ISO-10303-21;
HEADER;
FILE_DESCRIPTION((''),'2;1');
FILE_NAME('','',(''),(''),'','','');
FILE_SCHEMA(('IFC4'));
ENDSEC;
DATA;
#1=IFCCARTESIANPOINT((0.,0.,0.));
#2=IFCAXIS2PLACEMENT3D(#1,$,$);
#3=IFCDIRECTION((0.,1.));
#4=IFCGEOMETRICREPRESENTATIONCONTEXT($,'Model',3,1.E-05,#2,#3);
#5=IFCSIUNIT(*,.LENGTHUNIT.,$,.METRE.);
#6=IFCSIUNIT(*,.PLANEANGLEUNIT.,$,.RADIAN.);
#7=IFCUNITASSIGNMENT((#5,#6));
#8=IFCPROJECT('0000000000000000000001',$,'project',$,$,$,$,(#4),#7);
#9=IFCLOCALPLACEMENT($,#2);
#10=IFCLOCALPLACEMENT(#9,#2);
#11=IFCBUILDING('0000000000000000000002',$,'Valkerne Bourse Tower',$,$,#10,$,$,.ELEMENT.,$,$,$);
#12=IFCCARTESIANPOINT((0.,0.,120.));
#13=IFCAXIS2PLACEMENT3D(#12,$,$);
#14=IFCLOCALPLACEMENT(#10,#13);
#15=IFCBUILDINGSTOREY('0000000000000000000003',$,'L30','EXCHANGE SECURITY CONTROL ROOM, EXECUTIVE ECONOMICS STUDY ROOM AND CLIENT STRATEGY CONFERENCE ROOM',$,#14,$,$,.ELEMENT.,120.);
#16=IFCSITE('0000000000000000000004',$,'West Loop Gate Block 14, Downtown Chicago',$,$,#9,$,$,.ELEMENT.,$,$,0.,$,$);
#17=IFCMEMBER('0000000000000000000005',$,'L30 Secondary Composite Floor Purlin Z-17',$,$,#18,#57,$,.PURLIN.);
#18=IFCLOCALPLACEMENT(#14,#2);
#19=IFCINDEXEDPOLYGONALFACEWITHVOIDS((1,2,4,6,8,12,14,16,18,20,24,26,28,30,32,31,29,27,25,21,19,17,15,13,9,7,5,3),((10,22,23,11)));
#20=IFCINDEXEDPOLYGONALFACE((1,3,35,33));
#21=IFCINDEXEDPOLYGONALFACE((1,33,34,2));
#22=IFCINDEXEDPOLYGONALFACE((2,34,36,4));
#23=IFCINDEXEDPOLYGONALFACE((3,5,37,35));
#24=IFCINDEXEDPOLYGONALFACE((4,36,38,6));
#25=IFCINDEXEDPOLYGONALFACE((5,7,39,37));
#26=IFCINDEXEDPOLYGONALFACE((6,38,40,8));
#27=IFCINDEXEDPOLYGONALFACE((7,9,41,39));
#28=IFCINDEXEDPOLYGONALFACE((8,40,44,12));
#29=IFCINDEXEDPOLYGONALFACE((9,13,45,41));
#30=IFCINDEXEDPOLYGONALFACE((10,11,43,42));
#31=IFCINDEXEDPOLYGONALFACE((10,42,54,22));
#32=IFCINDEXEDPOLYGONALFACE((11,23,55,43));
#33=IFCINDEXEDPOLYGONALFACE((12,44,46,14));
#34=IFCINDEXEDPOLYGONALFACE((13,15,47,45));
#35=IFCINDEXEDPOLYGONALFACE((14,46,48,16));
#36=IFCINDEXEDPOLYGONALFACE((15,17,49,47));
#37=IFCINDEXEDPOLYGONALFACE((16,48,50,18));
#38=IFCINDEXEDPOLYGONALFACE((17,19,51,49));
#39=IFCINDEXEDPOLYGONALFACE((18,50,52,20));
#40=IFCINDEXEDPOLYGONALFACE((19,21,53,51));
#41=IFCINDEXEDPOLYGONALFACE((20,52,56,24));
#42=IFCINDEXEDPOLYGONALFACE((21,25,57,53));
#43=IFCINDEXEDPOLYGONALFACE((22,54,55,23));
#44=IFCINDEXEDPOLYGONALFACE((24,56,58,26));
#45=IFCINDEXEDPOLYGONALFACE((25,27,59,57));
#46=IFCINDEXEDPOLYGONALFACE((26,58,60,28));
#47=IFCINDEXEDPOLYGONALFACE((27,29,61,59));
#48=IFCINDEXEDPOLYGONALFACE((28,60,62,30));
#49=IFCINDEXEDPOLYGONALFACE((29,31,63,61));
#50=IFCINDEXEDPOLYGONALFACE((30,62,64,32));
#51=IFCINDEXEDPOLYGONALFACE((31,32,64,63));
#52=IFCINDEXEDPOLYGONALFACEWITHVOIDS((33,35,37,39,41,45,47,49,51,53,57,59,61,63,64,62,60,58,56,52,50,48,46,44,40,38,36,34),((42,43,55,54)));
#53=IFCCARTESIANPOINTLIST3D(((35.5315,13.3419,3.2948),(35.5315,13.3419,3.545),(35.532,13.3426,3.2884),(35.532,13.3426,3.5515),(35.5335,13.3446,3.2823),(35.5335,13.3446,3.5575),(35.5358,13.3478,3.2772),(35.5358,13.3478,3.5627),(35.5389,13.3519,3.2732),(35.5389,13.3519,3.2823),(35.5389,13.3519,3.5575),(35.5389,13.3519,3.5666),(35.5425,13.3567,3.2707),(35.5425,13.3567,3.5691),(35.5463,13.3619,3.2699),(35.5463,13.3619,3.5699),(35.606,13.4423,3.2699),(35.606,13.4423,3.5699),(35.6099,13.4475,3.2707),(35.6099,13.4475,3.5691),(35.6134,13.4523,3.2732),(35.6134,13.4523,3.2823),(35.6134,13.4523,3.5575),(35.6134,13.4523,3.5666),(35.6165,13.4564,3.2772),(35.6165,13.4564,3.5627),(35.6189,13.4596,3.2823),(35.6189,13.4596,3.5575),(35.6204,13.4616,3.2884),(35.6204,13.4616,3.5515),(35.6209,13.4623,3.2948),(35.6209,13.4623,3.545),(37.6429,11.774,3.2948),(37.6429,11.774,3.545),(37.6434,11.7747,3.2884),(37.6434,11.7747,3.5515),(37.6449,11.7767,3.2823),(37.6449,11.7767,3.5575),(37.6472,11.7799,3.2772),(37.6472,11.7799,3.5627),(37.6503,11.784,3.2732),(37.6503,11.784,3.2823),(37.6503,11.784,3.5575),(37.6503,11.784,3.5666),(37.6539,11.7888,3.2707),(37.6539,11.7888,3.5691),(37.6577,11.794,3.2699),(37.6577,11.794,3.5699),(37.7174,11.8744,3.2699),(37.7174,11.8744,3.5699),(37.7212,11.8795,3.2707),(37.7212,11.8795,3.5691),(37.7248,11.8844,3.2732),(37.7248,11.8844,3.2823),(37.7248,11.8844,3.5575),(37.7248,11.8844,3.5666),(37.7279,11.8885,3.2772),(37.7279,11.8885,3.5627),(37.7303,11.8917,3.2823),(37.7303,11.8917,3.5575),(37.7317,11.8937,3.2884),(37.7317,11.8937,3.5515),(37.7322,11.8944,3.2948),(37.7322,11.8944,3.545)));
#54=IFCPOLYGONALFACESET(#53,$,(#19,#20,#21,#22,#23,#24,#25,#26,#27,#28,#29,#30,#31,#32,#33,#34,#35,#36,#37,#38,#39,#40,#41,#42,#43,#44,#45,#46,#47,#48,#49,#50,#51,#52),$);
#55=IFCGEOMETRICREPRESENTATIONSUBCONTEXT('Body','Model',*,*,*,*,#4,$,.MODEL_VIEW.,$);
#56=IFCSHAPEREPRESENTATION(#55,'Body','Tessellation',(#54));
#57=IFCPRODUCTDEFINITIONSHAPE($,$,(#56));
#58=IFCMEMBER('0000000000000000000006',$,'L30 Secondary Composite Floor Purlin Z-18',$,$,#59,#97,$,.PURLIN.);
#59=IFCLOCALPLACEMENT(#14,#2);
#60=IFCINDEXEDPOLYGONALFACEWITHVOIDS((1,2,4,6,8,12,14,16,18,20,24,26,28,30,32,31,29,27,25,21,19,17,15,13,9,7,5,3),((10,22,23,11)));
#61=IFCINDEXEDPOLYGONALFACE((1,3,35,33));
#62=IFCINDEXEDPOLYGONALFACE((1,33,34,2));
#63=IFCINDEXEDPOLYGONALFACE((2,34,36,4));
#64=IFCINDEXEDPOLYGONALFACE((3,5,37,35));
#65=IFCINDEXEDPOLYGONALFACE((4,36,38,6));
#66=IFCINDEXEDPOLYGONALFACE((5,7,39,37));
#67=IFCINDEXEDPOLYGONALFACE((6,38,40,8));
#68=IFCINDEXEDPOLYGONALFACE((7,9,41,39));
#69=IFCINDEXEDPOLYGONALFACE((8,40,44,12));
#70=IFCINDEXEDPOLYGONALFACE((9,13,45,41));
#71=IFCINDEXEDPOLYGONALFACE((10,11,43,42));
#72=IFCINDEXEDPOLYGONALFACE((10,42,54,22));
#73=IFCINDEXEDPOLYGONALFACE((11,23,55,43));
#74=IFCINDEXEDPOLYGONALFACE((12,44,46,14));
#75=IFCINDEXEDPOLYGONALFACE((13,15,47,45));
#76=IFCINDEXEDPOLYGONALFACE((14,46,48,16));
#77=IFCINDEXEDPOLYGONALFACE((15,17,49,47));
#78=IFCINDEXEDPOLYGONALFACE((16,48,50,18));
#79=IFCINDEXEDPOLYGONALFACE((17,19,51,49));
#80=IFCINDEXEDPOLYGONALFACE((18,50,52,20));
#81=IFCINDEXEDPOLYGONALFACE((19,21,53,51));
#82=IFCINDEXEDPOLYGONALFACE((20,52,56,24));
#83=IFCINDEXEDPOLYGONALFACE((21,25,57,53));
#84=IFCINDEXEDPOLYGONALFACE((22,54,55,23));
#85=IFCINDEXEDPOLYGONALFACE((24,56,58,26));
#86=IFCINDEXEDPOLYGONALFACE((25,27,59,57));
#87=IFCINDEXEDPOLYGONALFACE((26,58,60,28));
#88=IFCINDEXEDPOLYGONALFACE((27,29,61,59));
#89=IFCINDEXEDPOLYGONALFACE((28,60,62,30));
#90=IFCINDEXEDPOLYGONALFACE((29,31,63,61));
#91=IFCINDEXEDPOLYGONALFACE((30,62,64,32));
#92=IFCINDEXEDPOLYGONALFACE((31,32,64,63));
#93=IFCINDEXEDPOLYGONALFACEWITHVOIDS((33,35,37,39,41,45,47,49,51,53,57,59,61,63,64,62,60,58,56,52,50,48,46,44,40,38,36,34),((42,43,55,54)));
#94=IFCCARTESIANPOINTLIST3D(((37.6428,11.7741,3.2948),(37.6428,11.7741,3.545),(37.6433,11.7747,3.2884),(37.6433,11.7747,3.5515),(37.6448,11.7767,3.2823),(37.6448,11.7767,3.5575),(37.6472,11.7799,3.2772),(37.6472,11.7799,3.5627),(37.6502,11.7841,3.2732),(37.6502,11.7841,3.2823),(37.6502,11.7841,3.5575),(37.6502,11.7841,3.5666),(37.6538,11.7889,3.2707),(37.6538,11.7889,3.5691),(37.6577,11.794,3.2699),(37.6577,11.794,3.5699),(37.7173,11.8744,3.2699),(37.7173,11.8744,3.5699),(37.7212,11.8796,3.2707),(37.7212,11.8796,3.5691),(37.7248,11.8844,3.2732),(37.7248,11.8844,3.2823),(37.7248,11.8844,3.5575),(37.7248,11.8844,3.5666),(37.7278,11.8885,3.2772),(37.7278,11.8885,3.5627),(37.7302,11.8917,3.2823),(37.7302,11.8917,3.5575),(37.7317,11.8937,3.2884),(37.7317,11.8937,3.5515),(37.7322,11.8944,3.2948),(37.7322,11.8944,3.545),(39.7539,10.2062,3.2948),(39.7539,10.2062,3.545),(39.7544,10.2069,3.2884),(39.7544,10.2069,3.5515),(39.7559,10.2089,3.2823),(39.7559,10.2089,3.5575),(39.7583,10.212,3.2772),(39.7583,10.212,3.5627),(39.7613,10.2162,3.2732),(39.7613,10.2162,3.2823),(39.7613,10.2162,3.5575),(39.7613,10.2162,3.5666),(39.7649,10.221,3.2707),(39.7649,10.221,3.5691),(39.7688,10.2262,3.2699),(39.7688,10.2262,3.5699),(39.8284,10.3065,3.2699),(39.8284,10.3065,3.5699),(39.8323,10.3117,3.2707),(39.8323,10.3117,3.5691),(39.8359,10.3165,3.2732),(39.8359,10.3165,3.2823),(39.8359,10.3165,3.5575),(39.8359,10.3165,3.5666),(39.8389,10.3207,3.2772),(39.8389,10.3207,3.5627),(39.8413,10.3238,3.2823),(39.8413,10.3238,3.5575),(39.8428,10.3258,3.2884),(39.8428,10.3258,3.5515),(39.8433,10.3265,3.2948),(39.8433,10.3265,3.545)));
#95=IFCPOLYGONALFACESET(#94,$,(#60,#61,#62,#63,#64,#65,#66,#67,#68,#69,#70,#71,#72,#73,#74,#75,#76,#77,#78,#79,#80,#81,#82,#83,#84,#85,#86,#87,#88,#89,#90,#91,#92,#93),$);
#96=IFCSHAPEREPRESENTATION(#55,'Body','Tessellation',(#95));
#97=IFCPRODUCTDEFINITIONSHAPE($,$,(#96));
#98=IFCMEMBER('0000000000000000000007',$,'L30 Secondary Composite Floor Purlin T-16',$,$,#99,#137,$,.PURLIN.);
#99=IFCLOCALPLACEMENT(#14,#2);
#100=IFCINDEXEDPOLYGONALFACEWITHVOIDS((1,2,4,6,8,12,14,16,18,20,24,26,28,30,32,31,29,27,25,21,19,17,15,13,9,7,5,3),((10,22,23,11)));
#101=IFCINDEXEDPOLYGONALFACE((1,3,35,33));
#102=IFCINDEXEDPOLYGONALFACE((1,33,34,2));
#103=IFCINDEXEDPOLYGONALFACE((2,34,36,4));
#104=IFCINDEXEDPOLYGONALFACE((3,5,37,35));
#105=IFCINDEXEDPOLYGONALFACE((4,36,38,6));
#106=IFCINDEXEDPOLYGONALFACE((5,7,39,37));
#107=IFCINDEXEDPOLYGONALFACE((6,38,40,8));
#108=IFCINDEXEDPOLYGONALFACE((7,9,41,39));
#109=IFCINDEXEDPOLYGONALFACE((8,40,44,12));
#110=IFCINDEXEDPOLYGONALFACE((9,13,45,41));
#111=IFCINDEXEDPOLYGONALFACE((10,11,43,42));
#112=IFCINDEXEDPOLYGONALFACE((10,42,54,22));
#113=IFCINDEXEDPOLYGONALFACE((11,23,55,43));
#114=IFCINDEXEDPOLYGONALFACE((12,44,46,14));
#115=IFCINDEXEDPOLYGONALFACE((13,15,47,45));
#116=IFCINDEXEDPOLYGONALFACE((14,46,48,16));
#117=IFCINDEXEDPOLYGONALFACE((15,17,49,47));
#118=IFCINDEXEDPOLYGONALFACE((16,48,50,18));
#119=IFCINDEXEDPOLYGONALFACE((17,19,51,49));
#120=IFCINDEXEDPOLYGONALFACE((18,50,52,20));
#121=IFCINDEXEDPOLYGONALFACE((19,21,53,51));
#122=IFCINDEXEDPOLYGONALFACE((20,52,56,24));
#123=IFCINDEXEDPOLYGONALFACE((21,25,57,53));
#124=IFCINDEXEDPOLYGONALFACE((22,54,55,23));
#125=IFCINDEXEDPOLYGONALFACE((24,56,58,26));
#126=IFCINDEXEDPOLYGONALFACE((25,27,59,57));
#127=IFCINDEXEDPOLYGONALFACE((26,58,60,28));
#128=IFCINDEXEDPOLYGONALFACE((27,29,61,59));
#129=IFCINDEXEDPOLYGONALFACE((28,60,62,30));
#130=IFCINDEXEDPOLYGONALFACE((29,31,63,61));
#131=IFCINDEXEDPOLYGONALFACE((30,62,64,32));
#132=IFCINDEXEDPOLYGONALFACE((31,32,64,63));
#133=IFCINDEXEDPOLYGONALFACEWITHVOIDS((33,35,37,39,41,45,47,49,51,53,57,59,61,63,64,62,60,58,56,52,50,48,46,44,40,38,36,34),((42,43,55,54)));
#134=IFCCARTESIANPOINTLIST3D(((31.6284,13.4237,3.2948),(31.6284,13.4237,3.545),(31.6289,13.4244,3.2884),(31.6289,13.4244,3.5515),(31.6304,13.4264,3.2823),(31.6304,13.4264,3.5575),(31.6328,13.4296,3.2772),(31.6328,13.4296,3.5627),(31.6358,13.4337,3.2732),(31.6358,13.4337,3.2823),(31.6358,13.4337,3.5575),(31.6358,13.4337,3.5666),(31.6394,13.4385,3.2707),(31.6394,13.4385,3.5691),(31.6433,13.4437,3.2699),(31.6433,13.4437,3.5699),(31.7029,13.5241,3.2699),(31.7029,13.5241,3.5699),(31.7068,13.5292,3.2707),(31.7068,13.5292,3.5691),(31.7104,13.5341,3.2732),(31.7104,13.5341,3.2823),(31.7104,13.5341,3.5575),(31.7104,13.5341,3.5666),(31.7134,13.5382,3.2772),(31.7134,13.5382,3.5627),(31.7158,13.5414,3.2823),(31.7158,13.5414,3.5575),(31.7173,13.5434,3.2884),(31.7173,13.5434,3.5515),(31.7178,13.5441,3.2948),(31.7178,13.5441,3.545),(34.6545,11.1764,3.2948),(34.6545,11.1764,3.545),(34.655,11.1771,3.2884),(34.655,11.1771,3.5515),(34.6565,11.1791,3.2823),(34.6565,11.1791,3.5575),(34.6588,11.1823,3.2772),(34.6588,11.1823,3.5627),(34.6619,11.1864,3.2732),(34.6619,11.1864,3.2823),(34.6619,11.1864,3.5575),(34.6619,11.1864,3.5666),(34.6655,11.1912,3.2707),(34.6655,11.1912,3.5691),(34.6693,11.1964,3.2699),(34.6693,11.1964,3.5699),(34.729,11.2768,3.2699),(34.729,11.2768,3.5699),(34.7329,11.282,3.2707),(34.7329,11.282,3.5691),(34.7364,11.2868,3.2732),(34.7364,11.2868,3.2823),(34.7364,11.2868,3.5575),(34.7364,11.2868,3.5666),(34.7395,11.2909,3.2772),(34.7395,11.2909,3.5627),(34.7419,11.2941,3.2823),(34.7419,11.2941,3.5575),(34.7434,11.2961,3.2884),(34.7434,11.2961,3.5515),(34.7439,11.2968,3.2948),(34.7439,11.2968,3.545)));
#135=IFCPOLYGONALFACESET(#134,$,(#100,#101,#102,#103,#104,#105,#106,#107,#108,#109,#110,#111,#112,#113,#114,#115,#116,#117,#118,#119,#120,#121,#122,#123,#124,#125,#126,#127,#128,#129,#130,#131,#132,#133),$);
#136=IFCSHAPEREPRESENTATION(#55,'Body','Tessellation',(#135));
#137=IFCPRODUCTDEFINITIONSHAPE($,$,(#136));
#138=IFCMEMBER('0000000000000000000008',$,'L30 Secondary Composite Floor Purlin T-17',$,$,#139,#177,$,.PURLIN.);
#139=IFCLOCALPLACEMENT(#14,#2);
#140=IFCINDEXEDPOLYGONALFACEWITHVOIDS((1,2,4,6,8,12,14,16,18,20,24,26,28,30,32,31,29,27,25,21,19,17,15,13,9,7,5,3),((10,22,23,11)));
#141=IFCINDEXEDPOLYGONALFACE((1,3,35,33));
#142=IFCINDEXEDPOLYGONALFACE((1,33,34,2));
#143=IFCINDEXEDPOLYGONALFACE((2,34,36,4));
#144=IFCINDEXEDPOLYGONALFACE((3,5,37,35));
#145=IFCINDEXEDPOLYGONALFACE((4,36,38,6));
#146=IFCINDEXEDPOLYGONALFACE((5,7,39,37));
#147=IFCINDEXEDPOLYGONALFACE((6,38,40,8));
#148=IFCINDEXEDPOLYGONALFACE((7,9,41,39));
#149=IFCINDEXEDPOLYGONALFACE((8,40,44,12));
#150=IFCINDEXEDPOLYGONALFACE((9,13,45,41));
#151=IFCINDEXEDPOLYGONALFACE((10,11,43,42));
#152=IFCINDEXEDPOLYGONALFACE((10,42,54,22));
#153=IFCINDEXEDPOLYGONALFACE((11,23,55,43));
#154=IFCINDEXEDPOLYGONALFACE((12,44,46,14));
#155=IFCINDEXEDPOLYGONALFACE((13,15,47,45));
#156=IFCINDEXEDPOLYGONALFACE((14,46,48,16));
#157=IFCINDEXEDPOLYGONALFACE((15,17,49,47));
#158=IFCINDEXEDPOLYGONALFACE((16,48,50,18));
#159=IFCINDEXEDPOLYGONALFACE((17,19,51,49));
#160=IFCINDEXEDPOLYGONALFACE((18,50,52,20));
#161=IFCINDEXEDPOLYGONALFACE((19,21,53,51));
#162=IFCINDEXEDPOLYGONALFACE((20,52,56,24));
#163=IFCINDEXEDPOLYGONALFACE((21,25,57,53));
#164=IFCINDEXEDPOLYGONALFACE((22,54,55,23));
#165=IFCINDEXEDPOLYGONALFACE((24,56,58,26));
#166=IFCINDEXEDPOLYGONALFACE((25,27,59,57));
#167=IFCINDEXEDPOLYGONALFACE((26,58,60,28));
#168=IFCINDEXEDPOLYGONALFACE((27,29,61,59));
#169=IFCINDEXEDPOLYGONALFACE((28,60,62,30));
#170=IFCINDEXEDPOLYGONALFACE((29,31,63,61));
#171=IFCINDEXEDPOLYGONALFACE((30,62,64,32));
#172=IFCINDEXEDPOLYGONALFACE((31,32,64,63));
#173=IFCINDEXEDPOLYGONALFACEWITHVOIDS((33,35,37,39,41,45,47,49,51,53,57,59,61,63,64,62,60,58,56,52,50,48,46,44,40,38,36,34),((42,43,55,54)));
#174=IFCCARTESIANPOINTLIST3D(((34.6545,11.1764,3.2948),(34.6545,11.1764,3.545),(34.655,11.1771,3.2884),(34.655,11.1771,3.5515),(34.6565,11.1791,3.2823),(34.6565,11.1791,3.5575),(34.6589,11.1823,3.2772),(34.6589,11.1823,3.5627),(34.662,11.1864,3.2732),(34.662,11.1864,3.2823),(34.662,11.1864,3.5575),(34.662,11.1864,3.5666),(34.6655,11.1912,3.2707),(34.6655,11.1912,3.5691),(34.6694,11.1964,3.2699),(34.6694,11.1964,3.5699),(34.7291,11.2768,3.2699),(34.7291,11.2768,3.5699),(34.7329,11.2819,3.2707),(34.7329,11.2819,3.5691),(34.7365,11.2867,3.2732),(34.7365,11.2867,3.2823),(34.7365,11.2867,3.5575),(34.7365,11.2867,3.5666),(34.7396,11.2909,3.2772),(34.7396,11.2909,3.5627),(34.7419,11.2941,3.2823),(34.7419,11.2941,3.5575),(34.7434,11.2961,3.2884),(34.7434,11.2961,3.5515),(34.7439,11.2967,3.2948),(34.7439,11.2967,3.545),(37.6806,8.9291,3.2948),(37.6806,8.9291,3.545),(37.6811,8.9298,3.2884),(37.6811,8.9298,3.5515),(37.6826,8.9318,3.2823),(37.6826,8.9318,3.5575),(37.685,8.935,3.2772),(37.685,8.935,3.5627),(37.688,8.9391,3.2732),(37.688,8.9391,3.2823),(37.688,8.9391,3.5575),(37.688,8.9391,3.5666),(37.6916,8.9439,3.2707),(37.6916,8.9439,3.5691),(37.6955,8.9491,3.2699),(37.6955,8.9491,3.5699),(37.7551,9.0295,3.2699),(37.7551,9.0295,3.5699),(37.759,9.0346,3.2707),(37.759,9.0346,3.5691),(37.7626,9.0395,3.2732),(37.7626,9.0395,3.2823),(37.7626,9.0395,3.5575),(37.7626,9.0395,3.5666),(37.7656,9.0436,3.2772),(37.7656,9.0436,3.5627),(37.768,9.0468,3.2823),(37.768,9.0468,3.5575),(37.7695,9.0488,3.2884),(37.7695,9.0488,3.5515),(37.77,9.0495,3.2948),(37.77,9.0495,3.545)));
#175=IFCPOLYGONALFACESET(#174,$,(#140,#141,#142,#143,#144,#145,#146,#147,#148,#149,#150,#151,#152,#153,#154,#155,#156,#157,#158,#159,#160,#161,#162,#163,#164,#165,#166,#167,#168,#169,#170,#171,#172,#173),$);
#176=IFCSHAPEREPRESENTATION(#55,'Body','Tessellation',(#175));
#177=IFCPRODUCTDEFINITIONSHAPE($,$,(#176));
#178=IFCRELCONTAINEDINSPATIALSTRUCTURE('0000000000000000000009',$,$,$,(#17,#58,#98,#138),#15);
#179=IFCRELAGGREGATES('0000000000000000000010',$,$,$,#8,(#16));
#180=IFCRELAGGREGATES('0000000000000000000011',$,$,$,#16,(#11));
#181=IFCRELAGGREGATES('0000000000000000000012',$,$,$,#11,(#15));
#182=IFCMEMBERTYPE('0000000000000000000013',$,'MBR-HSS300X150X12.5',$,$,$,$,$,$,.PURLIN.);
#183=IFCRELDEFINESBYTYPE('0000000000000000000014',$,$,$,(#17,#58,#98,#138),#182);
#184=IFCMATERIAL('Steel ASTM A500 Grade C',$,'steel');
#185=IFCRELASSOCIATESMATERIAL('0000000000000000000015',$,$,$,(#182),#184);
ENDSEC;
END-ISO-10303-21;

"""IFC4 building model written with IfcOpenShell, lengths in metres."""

from ifc_helpers import new_model, si_unit, direction, frame, origin, origin_2d, place, context, subcontext, project, spatial, hollow_rectangle, extrude, material, material_profile, profile_set, type_object, element, save


model = new_model("IFC4")

# Units and contexts
model_context = context("Model", 3, precision=1e-05, world=origin(), true_north=direction((0.0, 1.0)))
body_context = subcontext(model_context, "Body", "Model", "MODEL_VIEW")
ifc_project = project(units=[si_unit("LENGTHUNIT", "METRE"), si_unit("PLANEANGLEUNIT", "RADIAN")], contexts=[model_context])

# Site, building, storey
site_placement = place(None, origin())
site = spatial("IfcSite", under=ifc_project, at=site_placement, Name="West Loop Gate Block 14, Downtown Chicago", CompositionType="ELEMENT", RefElevation=0.0)
building_placement = place(site_placement, origin())
building = spatial("IfcBuilding", under=site, at=building_placement, Name="Valkerne Bourse Tower", CompositionType="ELEMENT")
storey_placement = place(building_placement, frame((0.0, 0.0, 120.0)))
storey = spatial("IfcBuildingStorey", under=building, at=storey_placement, Name="L30", Description="EXCHANGE SECURITY CONTROL ROOM, EXECUTIVE ECONOMICS STUDY ROOM AND CLIENT STRATEGY CONFERENCE ROOM", CompositionType="ELEMENT", Elevation=120.0)

# Members
ifc_material_1 = material(Name="Steel ASTM A500 Grade C", Category="steel")
ifc_material_profile_1 = material_profile(ifc_material_1, hollow_rectangle(XDim=0.1499, YDim=0.3, WallThickness=0.0125, OuterFilletRadius=0.0249, at=origin_2d()), Name="HSS300X150X12.5")
ifc_profile_set_1 = profile_set([ifc_material_profile_1], Name="Steel ASTM A500 Grade C")
member_type_1 = type_object("IfcMemberType", Name="MBR-HSS300X150X12.5", PredefinedType="PURLIN", material=ifc_profile_set_1)
for number, where, z_axis, x_axis, name in (
    (1, (35.5762, 13.4021, 3.4199), (0.802843, -0.596191, 0.0), (0.596191, 0.802843, 0.0), "L30 Secondary Composite Floor Purlin Z-17"),
):
    element("IfcMember", number, at=place(storey_placement, frame(where, z_axis=z_axis, x_axis=x_axis)), inside=storey, type_object=member_type_1, Name=name, PredefinedType="PURLIN", context=body_context, shape_type="SweptSolid", body=[
        extrude(hollow_rectangle(XDim=0.1499, YDim=0.3, WallThickness=0.0125, OuterFilletRadius=0.0249, at=origin_2d()), origin(), (0.0, 0.0, 1.0), 2.6299),
    ])
member_1_placement = place(storey_placement, frame((37.6875, 11.8342, 3.4199), z_axis=(0.80281, -0.596235, 0.0), x_axis=(0.596235, 0.80281, 0.0)))
element("IfcMember", 2, at=member_1_placement, inside=storey, type_object=member_type_1, Name="L30 Secondary Composite Floor Purlin Z-18", PredefinedType="PURLIN", context=body_context, shape_type="SweptSolid", body=[
    extrude(hollow_rectangle(XDim=0.1499, YDim=0.3, WallThickness=0.0125, OuterFilletRadius=0.0249, at=origin_2d()), origin(), (0.0, 0.0, 1.0), 2.6296),
])
for number, where, z_axis, x_axis, name in (
    (3, (31.6731, 13.4839, 3.4199), (0.802828, -0.596211, 0.0), (0.596211, 0.802828, 0.0), "L30 Secondary Composite Floor Purlin T-16"),
    (4, (34.6992, 11.2366, 3.4199), (0.802828, -0.596211, 0.0), (0.596211, 0.802828, 0.0), "L30 Secondary Composite Floor Purlin T-17"),
):
    element("IfcMember", number, at=place(storey_placement, frame(where, z_axis=z_axis, x_axis=x_axis)), inside=storey, type_object=member_type_1, Name=name, PredefinedType="PURLIN", context=body_context, shape_type="SweptSolid", body=[
        extrude(hollow_rectangle(XDim=0.1499, YDim=0.3, WallThickness=0.0125, OuterFilletRadius=0.0249, at=origin_2d()), origin(), (0.0, 0.0, 1.0), 3.7693),
    ])

save(model, "model.ifc")
